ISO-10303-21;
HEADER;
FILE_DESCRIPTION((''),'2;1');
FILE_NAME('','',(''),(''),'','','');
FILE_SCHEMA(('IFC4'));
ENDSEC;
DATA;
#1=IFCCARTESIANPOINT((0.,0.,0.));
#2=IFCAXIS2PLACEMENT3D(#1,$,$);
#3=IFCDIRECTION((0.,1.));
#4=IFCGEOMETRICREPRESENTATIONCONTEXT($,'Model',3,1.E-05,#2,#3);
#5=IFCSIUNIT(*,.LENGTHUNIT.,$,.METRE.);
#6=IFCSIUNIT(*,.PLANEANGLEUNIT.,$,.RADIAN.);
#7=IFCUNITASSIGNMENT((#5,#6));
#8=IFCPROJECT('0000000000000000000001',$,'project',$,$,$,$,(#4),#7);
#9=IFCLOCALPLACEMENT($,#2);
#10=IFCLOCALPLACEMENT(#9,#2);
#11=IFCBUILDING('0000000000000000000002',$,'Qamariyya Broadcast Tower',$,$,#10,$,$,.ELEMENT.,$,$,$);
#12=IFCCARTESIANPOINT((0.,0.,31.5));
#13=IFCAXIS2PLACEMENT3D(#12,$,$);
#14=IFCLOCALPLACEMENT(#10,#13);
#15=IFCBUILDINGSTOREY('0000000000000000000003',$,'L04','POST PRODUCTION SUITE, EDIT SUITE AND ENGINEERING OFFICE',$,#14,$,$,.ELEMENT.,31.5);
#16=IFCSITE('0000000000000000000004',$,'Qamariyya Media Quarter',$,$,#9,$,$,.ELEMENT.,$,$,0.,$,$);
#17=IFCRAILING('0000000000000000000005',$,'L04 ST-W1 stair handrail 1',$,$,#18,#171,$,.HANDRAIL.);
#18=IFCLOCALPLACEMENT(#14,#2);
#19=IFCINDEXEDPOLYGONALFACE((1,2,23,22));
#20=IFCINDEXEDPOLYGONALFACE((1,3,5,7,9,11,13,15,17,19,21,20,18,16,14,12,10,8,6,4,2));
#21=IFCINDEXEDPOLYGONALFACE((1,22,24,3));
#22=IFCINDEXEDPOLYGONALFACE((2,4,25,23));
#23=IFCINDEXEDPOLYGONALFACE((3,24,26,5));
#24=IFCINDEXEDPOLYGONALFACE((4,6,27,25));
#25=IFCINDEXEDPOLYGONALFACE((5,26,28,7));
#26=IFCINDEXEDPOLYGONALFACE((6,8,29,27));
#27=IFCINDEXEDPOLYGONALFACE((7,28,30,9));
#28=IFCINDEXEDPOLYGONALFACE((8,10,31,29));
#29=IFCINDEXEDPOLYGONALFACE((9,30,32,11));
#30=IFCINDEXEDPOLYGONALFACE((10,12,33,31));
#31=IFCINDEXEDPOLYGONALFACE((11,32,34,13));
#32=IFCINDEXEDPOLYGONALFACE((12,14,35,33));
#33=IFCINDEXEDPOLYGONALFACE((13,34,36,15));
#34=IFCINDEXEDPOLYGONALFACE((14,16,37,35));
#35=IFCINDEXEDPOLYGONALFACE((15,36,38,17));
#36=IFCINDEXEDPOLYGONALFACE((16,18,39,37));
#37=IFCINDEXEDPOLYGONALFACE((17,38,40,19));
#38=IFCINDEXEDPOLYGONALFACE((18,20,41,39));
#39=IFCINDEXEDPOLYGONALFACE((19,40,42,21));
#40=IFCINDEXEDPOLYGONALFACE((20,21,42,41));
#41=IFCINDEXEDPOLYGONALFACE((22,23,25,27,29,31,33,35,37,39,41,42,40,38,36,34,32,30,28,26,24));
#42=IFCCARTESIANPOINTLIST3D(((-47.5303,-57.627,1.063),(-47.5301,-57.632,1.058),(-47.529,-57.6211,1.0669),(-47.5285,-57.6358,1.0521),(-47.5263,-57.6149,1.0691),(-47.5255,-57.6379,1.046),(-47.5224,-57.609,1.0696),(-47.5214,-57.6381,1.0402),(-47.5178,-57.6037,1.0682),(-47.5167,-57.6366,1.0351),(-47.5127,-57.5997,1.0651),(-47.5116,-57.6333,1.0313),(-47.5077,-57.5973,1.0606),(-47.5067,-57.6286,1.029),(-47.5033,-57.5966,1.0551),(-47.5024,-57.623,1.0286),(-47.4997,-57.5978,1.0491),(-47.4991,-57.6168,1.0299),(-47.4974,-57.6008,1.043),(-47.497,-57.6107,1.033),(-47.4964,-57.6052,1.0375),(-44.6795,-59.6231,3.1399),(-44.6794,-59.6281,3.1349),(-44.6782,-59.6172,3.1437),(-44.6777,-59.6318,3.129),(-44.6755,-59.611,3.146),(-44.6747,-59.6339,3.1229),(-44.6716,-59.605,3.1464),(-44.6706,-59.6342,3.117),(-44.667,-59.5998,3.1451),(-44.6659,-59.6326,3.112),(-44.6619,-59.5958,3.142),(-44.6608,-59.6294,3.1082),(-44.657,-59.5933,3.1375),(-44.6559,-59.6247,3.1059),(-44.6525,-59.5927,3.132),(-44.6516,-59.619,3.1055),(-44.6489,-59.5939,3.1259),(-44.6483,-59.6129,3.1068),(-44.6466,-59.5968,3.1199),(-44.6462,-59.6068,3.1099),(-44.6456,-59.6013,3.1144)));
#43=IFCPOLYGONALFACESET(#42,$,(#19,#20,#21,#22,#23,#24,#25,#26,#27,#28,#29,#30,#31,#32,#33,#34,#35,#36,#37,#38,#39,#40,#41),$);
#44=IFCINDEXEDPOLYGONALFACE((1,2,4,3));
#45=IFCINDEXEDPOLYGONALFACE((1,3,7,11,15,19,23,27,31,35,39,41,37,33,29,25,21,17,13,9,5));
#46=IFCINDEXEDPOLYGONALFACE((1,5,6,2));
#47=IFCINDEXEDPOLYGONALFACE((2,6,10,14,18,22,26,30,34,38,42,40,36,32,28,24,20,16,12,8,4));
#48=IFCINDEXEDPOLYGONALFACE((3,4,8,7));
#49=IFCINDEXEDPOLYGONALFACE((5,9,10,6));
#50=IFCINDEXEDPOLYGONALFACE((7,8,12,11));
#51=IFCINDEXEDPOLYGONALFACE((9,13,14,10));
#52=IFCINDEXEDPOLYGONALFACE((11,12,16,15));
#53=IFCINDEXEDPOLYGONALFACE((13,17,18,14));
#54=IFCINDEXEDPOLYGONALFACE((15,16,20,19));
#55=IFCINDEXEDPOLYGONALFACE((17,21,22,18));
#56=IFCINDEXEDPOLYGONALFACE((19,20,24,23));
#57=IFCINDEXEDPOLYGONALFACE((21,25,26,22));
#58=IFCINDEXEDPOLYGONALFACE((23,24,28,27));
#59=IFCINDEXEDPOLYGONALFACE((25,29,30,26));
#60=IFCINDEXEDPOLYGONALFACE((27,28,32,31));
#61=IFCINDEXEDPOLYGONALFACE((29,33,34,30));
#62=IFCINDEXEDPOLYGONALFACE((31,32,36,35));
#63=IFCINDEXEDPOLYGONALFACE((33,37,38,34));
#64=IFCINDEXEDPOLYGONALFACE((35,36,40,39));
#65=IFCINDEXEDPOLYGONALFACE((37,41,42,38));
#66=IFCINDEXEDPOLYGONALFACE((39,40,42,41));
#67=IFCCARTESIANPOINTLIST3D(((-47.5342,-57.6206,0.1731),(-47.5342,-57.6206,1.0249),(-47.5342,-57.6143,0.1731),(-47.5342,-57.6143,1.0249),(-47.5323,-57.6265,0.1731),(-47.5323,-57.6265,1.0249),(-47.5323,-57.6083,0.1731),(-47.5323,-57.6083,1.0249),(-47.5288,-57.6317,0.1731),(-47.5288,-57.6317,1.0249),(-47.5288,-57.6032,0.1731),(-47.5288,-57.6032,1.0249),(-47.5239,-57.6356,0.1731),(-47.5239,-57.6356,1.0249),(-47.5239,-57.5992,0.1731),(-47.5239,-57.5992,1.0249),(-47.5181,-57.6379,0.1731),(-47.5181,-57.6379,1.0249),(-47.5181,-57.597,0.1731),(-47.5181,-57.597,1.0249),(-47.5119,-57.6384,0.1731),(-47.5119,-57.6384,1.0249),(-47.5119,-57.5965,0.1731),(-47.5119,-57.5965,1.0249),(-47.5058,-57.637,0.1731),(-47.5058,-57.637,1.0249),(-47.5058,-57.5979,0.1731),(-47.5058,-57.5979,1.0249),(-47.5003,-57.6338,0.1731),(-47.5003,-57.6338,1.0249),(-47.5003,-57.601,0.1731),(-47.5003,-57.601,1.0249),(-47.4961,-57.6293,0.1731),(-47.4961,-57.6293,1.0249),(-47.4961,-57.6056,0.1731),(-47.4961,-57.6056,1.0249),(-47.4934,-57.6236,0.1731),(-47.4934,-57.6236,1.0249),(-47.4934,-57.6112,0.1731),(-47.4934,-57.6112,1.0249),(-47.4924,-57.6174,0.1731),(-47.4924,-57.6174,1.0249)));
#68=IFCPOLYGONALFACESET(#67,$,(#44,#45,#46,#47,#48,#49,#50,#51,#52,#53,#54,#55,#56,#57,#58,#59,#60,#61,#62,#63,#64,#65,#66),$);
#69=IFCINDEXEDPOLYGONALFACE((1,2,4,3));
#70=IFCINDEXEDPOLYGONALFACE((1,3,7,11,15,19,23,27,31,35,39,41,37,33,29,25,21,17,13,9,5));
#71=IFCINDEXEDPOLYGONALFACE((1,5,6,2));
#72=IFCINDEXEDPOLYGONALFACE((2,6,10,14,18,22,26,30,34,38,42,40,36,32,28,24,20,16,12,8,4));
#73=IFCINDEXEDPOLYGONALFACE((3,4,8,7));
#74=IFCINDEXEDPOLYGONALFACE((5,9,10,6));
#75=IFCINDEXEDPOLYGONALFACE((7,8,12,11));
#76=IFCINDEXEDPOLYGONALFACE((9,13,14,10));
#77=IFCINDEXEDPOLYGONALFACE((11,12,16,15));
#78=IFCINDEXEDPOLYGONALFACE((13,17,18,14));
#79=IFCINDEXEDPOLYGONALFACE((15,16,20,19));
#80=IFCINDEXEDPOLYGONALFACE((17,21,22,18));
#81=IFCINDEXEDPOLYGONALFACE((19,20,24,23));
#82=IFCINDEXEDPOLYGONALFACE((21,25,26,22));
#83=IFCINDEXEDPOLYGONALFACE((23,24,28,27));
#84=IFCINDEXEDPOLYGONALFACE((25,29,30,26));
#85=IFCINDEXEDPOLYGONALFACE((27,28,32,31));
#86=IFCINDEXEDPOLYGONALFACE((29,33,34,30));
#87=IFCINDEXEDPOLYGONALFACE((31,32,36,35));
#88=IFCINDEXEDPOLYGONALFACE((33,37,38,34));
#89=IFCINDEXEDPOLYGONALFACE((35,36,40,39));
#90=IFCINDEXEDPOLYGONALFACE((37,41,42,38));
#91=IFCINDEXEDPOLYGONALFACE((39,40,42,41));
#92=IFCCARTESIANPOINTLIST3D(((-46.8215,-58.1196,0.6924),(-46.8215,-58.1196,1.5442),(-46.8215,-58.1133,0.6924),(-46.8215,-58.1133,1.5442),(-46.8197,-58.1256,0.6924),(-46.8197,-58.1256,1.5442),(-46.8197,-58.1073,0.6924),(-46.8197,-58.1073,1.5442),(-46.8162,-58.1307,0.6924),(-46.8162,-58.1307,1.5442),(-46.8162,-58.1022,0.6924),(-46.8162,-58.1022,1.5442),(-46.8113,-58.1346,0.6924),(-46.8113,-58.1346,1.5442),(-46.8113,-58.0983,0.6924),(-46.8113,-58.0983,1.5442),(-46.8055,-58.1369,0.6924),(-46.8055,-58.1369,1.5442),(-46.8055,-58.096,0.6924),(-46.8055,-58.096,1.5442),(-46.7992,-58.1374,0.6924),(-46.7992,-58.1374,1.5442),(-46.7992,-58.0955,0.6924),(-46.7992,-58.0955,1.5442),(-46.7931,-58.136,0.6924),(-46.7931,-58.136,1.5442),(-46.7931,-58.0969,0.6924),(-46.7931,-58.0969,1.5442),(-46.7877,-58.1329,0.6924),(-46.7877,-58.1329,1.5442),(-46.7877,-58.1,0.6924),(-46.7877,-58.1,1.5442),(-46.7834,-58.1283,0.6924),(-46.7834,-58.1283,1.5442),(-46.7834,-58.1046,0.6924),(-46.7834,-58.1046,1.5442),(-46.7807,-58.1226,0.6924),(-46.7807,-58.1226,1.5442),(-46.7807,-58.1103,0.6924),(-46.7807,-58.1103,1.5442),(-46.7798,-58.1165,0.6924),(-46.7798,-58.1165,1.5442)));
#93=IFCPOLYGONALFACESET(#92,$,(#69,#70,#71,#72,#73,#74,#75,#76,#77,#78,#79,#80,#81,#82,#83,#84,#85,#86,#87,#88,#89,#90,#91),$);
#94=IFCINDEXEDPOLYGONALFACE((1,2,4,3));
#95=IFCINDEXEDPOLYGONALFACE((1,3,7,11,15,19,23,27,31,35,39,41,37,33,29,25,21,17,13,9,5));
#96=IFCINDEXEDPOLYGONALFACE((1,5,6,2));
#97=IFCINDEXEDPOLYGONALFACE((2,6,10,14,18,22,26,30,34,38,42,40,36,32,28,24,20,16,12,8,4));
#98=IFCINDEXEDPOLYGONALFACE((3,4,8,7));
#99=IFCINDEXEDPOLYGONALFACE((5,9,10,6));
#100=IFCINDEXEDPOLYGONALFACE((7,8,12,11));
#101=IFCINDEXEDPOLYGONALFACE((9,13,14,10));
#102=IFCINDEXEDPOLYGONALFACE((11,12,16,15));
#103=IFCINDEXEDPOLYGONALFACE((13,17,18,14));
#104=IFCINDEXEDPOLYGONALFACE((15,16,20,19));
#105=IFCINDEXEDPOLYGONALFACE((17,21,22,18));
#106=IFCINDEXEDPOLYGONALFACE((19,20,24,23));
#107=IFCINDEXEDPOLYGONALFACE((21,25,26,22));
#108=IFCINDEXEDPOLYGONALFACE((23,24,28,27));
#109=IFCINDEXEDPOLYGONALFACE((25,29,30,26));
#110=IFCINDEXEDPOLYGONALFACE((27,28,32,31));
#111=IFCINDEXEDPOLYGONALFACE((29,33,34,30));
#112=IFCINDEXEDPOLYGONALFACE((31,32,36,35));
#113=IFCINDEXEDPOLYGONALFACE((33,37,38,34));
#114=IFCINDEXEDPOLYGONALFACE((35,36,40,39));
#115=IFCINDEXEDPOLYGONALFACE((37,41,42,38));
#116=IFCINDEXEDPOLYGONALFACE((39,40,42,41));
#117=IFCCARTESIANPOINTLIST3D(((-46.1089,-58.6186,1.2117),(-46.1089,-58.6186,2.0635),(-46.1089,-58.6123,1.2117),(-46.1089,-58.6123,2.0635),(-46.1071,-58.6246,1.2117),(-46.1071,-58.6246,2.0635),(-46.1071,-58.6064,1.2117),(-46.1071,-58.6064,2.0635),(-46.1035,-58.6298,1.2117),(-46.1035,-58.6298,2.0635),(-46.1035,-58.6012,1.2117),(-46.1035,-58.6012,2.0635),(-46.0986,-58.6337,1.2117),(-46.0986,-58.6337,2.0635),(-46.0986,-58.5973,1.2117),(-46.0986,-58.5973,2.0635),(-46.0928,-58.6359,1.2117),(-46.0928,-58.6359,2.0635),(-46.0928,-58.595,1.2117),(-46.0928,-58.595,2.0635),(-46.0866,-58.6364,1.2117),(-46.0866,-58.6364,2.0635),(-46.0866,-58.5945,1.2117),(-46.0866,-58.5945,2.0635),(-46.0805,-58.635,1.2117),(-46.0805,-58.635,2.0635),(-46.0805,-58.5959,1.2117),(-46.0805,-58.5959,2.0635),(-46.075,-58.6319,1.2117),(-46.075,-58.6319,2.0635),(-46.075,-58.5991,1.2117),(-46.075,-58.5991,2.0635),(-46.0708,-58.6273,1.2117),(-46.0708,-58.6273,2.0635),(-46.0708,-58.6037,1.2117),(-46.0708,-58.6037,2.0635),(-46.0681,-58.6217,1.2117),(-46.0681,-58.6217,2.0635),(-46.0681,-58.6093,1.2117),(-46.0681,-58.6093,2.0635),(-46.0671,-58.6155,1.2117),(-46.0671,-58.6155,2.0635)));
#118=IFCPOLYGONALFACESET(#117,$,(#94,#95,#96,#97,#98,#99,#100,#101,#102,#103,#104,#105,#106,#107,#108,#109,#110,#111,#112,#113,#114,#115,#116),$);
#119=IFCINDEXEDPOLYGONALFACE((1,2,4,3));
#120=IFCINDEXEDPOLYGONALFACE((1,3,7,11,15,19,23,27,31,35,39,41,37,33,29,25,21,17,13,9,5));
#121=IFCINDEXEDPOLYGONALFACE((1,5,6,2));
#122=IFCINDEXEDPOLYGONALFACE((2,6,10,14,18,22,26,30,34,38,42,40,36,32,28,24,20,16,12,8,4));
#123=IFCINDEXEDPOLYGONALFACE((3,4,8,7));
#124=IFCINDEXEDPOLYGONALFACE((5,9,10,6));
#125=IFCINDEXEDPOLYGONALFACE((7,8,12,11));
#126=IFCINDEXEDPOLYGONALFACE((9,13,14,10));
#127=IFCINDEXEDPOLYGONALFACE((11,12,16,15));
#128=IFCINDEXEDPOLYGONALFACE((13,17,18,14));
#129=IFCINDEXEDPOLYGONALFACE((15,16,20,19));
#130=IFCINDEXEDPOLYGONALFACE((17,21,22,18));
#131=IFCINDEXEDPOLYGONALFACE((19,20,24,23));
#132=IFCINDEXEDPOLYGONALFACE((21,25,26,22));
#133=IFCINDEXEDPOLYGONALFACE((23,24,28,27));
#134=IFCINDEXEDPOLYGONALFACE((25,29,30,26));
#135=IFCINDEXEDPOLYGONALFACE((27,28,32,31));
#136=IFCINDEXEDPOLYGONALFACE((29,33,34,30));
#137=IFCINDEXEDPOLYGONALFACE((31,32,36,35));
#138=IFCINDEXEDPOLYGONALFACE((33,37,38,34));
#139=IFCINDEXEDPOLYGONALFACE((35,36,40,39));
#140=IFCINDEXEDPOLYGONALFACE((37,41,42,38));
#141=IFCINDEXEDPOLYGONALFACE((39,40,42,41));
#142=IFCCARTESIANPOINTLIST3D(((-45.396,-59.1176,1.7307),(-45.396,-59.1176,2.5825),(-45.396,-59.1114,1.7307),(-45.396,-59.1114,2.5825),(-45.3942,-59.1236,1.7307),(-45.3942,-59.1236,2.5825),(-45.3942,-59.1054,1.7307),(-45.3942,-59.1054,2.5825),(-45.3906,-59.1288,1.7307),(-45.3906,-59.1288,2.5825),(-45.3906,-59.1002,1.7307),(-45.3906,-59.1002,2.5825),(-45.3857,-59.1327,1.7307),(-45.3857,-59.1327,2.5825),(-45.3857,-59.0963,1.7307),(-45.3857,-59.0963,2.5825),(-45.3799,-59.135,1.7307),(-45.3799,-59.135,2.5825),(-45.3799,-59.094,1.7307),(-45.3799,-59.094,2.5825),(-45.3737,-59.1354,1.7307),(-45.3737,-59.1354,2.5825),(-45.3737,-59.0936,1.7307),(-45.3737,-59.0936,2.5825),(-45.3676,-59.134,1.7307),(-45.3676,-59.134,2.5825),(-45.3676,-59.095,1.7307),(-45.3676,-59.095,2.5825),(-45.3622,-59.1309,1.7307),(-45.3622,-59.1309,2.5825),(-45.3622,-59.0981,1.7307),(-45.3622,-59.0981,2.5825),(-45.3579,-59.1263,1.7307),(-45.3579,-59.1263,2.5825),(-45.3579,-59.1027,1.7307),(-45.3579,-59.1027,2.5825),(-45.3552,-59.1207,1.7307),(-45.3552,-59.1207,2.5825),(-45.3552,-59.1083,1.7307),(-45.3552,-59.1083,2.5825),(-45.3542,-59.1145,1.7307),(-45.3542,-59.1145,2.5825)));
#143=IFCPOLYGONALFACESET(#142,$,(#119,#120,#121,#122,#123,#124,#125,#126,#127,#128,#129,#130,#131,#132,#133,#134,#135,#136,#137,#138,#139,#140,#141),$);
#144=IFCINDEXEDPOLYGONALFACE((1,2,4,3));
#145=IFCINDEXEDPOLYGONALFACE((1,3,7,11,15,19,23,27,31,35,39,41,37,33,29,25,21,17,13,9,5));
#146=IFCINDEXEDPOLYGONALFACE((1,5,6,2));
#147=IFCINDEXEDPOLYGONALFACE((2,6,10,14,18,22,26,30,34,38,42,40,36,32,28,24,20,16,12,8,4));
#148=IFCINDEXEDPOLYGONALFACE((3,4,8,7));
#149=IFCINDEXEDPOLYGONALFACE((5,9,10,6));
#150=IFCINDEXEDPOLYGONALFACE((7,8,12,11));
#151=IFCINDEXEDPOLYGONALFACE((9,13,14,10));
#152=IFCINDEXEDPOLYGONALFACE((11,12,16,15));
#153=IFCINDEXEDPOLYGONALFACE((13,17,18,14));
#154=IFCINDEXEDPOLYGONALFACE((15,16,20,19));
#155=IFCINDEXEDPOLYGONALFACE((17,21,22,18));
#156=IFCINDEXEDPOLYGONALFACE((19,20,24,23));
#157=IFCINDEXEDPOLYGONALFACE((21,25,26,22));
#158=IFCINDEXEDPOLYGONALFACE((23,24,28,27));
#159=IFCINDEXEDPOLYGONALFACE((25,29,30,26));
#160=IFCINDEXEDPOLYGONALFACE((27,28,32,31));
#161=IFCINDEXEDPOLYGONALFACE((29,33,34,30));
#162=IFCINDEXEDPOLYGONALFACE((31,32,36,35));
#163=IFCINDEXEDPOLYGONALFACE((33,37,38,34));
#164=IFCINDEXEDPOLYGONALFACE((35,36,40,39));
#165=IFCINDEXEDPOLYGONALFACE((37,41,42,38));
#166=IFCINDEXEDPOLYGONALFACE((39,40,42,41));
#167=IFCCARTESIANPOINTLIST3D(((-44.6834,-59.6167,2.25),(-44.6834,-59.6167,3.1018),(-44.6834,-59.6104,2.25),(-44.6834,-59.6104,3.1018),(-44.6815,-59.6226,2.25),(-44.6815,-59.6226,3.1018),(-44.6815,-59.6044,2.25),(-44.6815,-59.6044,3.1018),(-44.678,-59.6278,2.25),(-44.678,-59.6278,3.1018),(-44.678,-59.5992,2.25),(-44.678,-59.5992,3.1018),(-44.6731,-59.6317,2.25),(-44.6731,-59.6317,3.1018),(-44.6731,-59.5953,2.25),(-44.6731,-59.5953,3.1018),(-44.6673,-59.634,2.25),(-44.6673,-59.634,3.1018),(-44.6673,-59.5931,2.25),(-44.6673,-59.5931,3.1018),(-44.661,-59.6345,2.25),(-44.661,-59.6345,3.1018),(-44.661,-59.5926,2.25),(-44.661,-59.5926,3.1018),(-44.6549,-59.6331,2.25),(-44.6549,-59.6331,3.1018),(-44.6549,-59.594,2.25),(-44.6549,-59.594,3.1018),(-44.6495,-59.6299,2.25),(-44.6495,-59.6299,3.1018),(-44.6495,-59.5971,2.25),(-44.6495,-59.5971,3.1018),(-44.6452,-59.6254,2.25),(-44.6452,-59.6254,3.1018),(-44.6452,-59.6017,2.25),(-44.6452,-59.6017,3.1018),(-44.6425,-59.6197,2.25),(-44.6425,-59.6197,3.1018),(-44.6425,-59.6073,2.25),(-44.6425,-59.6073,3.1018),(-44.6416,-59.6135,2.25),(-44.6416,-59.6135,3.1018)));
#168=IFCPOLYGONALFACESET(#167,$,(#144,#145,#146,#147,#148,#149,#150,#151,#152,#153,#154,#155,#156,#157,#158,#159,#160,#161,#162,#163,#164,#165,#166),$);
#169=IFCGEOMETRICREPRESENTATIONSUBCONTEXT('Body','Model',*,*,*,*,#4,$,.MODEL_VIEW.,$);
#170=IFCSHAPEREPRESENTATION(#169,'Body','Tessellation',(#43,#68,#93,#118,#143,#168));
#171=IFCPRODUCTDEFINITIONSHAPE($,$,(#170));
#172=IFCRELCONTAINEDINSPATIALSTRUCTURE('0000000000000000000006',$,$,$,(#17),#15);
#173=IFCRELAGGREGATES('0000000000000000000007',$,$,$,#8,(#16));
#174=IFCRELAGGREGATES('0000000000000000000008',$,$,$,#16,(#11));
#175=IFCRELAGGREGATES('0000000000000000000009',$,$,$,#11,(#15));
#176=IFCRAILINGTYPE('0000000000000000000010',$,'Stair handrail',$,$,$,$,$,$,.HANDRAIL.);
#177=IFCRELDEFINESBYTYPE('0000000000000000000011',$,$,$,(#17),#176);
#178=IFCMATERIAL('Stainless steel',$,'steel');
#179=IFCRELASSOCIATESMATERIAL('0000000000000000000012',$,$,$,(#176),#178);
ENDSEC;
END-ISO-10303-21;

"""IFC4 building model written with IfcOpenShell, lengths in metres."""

from ifc_helpers import new_model, si_unit, direction, frame, origin, origin_2d, place, context, subcontext, project, spatial, circle, extrude, material, type_object, element, save


model = new_model("IFC4")

# Units and contexts
model_context = context("Model", 3, precision=1e-05, world=origin(), true_north=direction((0.0, 1.0)))
body_context = subcontext(model_context, "Body", "Model", "MODEL_VIEW")
ifc_project = project(units=[si_unit("LENGTHUNIT", "METRE"), si_unit("PLANEANGLEUNIT", "RADIAN")], contexts=[model_context])

# Site, building, storey
site_placement = place(None, origin())
site = spatial("IfcSite", under=ifc_project, at=site_placement, Name="Qamariyya Media Quarter", CompositionType="ELEMENT", RefElevation=0.0)
building_placement = place(site_placement, origin())
building = spatial("IfcBuilding", under=site, at=building_placement, Name="Qamariyya Broadcast Tower", CompositionType="ELEMENT")
storey_placement = place(building_placement, frame((0.0, 0.0, 31.5)))
storey = spatial("IfcBuildingStorey", under=building, at=storey_placement, Name="L04", Description="POST PRODUCTION SUITE, EDIT SUITE AND ENGINEERING OFFICE", CompositionType="ELEMENT", Elevation=31.5)

# Railing
ifc_material_1 = material(Name="Stainless steel", Category="steel")
railing_type = type_object("IfcRailingType", Name="Stair handrail", PredefinedType="HANDRAIL", material=ifc_material_1)
railing_placement = place(storey_placement, frame((-47.5134, -57.6174, 0.1731)))
element("IfcRailing", 1, at=railing_placement, inside=storey, type_object=railing_type, Name="L04 ST-W1 stair handrail 1", PredefinedType="HANDRAIL", context=body_context, shape_type="SweptSolid", body=[
    extrude(circle(Radius=0.0239, at=origin_2d()), frame((0.0, 0.0, 0.876), z_axis=(0.703423, -0.492523, 0.512462), x_axis=(0.573561, 0.819163, 0.0)), (0.0, 0.0, 1.0), 4.0527),
    extrude(circle(Radius=0.021, at=origin_2d()), origin(), (0.0, 0.0, 1.0), 0.8518),
    extrude(circle(Radius=0.021, at=origin_2d()), frame((0.7126, -0.499, 0.5193)), (0.0, 0.0, 1.0), 0.8518),
    extrude(circle(Radius=0.021, at=origin_2d()), frame((1.4253, -0.998, 1.0386)), (0.0, 0.0, 1.0), 0.8518),
    extrude(circle(Radius=0.021, at=origin_2d()), frame((2.1382, -1.4971, 1.5576)), (0.0, 0.0, 1.0), 0.8518),
    extrude(circle(Radius=0.021, at=origin_2d()), frame((2.8508, -1.9961, 2.0769)), (0.0, 0.0, 1.0), 0.8518),
])

save(model, "model.ifc")
